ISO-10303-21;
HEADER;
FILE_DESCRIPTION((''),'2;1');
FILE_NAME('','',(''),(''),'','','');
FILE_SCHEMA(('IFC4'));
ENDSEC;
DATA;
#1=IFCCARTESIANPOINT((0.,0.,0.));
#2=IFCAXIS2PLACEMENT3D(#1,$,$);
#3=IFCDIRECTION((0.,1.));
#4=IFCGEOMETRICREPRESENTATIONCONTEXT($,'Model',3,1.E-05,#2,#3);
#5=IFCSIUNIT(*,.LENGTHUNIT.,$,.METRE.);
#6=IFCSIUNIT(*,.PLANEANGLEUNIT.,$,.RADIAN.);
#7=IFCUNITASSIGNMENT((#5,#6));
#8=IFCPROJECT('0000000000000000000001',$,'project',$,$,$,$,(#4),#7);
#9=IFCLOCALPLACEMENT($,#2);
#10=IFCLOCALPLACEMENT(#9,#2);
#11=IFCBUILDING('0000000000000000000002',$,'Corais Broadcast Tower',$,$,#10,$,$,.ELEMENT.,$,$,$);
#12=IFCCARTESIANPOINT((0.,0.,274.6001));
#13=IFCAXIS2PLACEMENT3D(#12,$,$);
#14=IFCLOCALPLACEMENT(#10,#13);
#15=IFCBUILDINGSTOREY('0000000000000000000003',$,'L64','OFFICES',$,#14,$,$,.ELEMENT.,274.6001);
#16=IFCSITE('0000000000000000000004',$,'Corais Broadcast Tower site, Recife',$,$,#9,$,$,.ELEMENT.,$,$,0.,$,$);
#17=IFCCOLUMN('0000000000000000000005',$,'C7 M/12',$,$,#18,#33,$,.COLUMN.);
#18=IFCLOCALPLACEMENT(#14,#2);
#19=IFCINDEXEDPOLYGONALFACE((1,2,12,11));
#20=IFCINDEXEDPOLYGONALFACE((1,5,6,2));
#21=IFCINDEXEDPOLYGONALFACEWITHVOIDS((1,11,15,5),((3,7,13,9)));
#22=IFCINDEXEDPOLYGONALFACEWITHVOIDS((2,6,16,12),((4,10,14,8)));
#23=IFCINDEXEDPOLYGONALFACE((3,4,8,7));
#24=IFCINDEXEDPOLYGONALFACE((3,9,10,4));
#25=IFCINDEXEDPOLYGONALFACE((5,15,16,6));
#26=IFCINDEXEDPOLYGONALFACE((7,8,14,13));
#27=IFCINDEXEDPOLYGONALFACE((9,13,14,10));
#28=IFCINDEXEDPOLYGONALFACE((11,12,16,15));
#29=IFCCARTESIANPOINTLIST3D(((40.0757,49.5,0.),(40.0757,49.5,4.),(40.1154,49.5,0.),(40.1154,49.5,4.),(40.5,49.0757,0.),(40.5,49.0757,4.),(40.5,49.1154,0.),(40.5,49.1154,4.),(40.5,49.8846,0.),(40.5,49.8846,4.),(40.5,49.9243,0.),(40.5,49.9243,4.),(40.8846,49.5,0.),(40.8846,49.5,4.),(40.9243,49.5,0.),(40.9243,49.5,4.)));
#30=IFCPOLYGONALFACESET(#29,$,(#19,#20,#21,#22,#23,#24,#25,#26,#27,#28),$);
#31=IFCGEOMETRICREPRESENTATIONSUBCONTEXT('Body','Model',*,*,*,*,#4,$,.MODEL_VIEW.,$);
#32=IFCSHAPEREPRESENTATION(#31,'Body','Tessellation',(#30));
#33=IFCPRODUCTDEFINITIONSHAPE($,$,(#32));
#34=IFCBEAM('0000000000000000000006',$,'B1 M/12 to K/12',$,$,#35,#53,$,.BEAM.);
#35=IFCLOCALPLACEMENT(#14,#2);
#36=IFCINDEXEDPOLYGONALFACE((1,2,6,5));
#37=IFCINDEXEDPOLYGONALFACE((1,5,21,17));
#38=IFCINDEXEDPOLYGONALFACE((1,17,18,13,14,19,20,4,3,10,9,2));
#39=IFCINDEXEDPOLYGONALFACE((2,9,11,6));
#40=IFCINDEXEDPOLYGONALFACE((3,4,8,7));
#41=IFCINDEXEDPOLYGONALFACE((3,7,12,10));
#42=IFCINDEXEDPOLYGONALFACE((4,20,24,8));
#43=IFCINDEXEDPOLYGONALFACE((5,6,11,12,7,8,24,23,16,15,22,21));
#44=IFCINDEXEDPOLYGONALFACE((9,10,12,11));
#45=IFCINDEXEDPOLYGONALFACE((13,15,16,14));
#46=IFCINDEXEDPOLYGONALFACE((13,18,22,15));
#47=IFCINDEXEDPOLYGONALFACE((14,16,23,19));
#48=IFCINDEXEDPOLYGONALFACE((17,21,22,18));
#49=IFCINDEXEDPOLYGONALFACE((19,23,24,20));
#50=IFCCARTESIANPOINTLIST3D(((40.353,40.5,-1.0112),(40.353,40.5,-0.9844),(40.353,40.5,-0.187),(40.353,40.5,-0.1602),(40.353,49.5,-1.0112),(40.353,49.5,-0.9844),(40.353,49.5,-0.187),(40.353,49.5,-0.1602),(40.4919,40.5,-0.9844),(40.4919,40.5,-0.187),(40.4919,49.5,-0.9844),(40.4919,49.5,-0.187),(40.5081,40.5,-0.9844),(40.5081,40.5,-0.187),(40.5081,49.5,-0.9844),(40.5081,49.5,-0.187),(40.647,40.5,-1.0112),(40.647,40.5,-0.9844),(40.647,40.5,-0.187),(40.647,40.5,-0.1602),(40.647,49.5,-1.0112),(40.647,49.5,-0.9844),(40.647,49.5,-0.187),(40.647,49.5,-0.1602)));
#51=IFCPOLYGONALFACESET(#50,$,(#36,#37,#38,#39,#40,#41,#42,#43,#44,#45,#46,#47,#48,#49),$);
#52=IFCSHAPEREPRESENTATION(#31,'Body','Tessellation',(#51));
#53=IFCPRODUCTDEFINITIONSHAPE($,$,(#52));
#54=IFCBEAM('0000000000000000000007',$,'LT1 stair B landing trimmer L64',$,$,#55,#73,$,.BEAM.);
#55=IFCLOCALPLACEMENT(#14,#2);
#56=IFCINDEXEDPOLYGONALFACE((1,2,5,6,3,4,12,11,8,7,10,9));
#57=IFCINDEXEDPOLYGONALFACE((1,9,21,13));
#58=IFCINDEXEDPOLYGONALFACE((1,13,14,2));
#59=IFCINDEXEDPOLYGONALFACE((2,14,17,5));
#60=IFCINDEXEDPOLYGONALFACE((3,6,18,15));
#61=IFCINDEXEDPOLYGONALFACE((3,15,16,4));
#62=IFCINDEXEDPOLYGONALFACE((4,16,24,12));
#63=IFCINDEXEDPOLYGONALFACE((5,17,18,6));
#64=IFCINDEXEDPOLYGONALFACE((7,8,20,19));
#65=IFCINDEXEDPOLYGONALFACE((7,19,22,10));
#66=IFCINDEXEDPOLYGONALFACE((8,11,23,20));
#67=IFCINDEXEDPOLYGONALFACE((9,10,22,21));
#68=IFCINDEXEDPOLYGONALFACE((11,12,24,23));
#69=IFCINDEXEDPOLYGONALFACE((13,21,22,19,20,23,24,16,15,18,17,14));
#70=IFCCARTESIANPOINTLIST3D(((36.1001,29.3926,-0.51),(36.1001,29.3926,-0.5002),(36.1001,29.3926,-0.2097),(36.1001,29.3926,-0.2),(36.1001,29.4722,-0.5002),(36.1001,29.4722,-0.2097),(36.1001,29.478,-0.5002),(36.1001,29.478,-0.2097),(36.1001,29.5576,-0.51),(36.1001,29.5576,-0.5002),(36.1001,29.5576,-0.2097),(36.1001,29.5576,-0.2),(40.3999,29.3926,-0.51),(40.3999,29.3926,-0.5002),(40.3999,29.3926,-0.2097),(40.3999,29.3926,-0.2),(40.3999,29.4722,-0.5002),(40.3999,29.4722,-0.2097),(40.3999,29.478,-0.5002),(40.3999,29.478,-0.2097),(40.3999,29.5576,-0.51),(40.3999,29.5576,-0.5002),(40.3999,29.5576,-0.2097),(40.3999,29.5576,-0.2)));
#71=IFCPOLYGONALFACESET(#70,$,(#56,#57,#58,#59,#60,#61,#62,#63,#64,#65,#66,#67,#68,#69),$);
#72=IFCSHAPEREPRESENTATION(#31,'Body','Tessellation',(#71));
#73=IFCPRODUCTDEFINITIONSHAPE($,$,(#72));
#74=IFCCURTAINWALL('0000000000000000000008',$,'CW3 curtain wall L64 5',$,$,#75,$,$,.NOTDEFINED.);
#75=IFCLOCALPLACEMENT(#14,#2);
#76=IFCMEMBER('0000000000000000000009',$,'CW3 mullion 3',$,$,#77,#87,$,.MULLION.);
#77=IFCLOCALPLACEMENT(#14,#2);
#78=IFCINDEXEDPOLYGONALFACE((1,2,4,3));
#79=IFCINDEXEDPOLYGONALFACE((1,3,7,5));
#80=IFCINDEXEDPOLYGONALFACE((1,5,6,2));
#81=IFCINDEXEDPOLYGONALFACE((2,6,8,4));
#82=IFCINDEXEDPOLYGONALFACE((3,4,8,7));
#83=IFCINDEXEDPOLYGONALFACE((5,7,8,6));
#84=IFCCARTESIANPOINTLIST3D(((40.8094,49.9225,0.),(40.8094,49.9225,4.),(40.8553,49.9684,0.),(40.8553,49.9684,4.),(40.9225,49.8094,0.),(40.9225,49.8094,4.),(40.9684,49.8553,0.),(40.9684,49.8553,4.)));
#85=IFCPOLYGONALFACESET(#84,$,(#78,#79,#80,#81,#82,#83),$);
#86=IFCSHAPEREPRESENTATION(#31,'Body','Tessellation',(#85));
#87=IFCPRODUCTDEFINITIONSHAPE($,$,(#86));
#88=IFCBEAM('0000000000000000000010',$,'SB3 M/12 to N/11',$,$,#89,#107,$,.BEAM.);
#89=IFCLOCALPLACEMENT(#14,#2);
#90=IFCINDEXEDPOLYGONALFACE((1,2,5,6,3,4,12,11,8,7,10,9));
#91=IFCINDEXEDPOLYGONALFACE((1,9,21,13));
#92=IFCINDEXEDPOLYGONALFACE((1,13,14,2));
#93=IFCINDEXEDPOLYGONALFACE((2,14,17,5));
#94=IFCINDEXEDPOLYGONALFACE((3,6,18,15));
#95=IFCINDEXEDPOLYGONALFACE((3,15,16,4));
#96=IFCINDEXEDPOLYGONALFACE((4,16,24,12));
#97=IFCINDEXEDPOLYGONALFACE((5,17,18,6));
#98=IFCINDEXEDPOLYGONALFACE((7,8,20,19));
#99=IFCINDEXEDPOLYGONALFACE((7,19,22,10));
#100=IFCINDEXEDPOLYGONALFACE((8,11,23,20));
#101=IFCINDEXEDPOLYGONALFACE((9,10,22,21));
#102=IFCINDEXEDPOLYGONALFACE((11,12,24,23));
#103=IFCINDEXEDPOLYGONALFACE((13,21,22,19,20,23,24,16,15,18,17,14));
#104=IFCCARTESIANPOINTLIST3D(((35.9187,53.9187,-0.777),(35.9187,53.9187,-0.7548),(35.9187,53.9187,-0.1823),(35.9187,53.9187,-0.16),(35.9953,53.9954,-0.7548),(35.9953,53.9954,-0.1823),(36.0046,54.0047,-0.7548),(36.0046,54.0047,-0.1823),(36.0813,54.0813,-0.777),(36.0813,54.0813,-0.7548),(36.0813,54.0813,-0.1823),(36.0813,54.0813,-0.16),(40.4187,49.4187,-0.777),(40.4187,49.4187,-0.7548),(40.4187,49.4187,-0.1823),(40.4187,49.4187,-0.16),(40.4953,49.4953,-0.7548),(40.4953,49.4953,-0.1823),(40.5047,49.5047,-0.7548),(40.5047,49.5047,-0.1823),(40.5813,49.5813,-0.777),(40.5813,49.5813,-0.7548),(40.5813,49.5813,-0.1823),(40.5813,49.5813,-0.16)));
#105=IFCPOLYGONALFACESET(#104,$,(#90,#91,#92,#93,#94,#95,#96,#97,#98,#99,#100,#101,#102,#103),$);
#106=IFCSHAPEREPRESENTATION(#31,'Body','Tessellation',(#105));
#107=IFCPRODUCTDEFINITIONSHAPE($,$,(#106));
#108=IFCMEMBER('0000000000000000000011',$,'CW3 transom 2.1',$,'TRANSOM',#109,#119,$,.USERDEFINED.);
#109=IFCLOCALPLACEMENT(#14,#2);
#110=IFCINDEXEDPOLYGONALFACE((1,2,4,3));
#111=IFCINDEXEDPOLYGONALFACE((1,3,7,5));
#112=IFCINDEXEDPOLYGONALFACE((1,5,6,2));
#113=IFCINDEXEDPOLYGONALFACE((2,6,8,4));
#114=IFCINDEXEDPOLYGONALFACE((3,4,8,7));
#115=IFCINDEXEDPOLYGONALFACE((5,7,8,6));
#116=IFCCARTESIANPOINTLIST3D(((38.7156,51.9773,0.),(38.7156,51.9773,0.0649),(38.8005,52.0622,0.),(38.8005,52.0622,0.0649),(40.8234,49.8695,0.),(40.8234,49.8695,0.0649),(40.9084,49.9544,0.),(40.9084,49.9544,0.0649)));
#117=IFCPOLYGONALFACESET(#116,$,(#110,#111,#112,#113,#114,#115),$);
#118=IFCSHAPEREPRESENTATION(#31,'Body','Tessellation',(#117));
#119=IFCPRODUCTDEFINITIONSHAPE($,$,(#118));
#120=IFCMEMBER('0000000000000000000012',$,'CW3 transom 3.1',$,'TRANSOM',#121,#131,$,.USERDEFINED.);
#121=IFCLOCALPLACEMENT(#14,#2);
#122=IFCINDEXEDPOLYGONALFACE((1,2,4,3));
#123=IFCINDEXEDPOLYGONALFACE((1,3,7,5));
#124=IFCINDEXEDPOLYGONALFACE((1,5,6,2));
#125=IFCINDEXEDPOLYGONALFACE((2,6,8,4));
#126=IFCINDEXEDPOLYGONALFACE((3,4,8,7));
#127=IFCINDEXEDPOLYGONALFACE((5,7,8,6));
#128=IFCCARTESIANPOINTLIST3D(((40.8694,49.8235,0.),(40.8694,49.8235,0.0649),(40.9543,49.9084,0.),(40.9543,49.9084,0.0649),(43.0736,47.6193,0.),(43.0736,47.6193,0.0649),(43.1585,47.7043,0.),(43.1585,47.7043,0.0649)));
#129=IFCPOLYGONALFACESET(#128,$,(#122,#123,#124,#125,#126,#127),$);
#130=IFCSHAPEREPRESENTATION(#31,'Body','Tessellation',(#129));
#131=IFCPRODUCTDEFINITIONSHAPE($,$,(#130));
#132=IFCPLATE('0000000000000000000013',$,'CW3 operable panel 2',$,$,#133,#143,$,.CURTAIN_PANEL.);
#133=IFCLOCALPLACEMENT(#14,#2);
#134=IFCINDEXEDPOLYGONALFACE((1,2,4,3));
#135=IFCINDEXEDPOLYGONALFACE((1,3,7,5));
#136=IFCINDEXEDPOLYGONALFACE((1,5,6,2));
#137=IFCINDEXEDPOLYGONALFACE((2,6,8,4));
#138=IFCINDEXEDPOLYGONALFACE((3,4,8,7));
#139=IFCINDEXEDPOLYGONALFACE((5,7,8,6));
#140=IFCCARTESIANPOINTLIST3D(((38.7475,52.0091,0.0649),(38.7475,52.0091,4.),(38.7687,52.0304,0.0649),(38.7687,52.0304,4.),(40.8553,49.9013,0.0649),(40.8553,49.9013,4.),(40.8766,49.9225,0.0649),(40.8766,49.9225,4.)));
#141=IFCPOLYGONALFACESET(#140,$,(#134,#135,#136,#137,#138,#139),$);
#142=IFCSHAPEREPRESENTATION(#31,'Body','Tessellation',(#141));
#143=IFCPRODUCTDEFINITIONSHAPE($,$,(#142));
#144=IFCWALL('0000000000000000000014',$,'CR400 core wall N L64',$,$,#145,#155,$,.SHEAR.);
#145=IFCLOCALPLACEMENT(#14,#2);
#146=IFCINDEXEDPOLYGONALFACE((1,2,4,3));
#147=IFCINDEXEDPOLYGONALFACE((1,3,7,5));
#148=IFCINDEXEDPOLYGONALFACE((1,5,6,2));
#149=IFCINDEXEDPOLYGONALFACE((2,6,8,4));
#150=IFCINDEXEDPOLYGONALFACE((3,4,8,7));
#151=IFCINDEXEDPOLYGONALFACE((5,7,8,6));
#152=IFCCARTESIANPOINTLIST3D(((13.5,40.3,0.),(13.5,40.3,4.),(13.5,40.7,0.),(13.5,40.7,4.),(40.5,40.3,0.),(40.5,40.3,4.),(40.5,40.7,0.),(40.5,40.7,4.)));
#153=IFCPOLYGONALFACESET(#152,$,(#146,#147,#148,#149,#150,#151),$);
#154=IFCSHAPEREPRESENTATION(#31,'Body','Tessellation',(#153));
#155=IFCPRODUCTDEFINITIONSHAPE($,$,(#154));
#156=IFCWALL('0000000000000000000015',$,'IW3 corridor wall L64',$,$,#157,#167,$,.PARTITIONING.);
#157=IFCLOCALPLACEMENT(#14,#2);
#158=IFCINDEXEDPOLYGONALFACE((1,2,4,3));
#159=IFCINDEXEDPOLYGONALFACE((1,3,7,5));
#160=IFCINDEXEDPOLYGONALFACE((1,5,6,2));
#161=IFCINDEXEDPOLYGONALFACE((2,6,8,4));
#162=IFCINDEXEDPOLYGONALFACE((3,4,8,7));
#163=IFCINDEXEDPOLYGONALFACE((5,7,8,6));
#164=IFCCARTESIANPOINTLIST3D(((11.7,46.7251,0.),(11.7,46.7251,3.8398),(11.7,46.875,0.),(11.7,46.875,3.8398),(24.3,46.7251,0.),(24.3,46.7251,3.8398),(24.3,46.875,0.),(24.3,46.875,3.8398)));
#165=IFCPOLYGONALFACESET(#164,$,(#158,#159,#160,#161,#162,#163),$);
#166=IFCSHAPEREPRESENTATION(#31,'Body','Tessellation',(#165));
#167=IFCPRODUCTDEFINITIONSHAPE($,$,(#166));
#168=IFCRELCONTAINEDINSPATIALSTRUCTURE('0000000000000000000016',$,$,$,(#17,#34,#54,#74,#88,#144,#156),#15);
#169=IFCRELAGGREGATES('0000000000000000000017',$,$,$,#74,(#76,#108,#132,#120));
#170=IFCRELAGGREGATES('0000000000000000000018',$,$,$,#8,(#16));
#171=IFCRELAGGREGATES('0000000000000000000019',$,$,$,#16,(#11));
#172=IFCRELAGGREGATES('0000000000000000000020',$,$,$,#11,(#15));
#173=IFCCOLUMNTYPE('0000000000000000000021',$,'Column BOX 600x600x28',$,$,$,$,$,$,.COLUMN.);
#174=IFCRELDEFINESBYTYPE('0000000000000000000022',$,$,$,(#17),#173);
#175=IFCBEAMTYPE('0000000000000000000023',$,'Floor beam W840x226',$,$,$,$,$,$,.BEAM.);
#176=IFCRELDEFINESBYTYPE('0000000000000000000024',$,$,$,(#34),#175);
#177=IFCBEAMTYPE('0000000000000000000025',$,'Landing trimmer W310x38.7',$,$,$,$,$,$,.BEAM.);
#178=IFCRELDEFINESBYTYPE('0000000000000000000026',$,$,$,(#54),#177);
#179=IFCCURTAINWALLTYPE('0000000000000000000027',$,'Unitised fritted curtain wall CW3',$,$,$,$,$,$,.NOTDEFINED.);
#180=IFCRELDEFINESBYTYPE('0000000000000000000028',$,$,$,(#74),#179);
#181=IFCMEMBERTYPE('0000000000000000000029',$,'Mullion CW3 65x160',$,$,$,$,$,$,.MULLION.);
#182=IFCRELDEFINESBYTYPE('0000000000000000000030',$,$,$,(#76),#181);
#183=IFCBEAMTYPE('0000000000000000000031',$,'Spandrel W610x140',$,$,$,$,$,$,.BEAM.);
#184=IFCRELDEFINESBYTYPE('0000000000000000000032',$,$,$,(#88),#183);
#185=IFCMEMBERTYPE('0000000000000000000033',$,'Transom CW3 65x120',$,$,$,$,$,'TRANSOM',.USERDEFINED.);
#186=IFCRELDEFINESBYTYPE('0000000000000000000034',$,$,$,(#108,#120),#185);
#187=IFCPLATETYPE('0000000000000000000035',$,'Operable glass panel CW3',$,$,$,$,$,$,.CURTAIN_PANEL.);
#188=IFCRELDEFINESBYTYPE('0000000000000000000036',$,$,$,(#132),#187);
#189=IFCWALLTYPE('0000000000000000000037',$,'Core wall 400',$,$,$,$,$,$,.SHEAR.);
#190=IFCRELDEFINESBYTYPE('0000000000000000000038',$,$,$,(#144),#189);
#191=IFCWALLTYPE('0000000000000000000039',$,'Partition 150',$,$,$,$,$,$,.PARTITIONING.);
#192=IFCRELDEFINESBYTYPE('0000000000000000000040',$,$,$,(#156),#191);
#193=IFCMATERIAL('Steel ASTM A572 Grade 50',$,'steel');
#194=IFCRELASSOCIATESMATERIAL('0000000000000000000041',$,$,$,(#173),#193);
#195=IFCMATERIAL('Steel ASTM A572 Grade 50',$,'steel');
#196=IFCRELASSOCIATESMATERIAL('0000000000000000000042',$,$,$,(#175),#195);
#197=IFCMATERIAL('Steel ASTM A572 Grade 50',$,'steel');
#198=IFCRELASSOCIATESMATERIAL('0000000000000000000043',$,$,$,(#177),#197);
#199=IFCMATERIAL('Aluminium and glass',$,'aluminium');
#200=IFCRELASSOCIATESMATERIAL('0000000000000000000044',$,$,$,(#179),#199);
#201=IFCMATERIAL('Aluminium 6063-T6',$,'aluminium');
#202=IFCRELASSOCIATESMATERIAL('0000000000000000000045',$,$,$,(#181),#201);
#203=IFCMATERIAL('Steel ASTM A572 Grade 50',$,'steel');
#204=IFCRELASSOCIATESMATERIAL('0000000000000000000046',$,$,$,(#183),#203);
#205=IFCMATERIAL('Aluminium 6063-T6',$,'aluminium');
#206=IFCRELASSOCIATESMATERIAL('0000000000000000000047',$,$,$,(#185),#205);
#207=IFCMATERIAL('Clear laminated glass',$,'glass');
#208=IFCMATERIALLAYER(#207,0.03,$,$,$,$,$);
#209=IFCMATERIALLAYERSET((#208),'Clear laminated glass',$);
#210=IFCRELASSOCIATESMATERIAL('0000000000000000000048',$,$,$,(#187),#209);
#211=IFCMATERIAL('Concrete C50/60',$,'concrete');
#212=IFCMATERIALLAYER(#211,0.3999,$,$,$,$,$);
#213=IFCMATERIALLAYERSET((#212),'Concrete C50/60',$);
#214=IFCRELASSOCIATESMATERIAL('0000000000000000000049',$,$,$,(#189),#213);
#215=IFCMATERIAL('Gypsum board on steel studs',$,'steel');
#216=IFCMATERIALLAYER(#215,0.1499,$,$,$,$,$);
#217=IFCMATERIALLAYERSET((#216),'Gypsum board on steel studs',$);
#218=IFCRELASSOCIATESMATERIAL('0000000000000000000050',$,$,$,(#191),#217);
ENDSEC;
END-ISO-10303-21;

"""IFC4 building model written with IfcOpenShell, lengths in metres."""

from ifc_helpers import new_model, si_unit, direction, frame, frame_2d, origin, origin_2d, place, context, subcontext, project, spatial, rectangle, hollow_rectangle, i_section, extrude, material, layer, layer_set, material_profile, profile_set, type_object, element, aggregate, save


model = new_model("IFC4")

# Units and contexts
model_context = context("Model", 3, precision=1e-05, world=origin(), true_north=direction((0.0, 1.0)))
body_context = subcontext(model_context, "Body", "Model", "MODEL_VIEW")
ifc_project = project(units=[si_unit("LENGTHUNIT", "METRE"), si_unit("PLANEANGLEUNIT", "RADIAN")], contexts=[model_context])

# Site, building, storey
site_placement = place(None, origin())
site = spatial("IfcSite", under=ifc_project, at=site_placement, Name="Corais Broadcast Tower site, Recife", CompositionType="ELEMENT", RefElevation=0.0)
building_placement = place(site_placement, origin())
building = spatial("IfcBuilding", under=site, at=building_placement, Name="Corais Broadcast Tower", CompositionType="ELEMENT")
storey_placement = place(building_placement, frame((0.0, 0.0, 274.6001)))
storey = spatial("IfcBuildingStorey", under=building, at=storey_placement, Name="L64", Description="OFFICES", CompositionType="ELEMENT", Elevation=274.6001)

# Column
ifc_material_1 = material(Name="Steel ASTM A572 Grade 50", Category="steel")
ifc_material_profile_1 = material_profile(ifc_material_1, hollow_rectangle(XDim=0.6001, YDim=0.6001, WallThickness=0.0281, at=origin_2d()), Name="BOX 600x600x28")
ifc_profile_set_1 = profile_set([ifc_material_profile_1], Name="Steel ASTM A572 Grade 50")
column_type = type_object("IfcColumnType", Name="Column BOX 600x600x28", PredefinedType="COLUMN", material=ifc_profile_set_1)
column_placement = place(storey_placement, frame((40.5, 49.5, 0.0), z_axis=(0.0, 0.0, 1.0), x_axis=(0.707107, 0.707107, 0.0)))
element("IfcColumn", 1, at=column_placement, inside=storey, type_object=column_type, Name="C7 M/12", PredefinedType="COLUMN", context=body_context, shape_type="SweptSolid", body=[
    extrude(hollow_rectangle(XDim=0.6001, YDim=0.6001, WallThickness=0.0281, at=origin_2d()), origin(), (0.0, 0.0, 1.0), 4.0),
])

# Beams
ifc_material_2 = material(Name="Steel ASTM A572 Grade 50", Category="steel")
ifc_material_profile_2 = material_profile(ifc_material_2, i_section(OverallWidth=0.2939, OverallDepth=0.8511, WebThickness=0.0161, FlangeThickness=0.0269, at=origin_2d()), Name="W840x226")
ifc_profile_set_2 = profile_set([ifc_material_profile_2], Name="Steel ASTM A572 Grade 50")
beam_type_1 = type_object("IfcBeamType", Name="Floor beam W840x226", PredefinedType="BEAM", material=ifc_profile_set_2)
beam_1_placement = place(storey_placement, frame((40.5, 49.5, -0.5857), z_axis=(0.0, -1.0, 0.0), x_axis=(1.0, 0.0, 0.0)))
element("IfcBeam", 2, at=beam_1_placement, inside=storey, type_object=beam_type_1, Name="B1 M/12 to K/12", PredefinedType="BEAM", context=body_context, shape_type="SweptSolid", body=[
    extrude(i_section(OverallWidth=0.2939, OverallDepth=0.8511, WebThickness=0.0161, FlangeThickness=0.0269, at=origin_2d()), origin(), (0.0, 0.0, 1.0), 9.0),
])
ifc_material_3 = material(Name="Steel ASTM A572 Grade 50", Category="steel")
ifc_material_profile_3 = material_profile(ifc_material_3, i_section(OverallWidth=0.165, OverallDepth=0.3101, WebThickness=0.0059, FlangeThickness=0.0098, at=origin_2d()), Name="W310x38.7")
ifc_profile_set_3 = profile_set([ifc_material_profile_3], Name="Steel ASTM A572 Grade 50")
beam_type_2 = type_object("IfcBeamType", Name="Landing trimmer W310x38.7", PredefinedType="BEAM", material=ifc_profile_set_3)
beam_2_placement = place(storey_placement, frame((36.1001, 29.4751, -0.355), z_axis=(1.0, 0.0, 0.0), x_axis=(0.0, 1.0, 0.0)))
element("IfcBeam", 3, at=beam_2_placement, inside=storey, type_object=beam_type_2, Name="LT1 stair B landing trimmer L64", PredefinedType="BEAM", context=body_context, shape_type="SweptSolid", body=[
    extrude(i_section(OverallWidth=0.165, OverallDepth=0.3101, WebThickness=0.0059, FlangeThickness=0.0098, at=origin_2d()), origin(), (0.0, 0.0, 1.0), 4.2998),
])

# Curtain wall, member
ifc_material_4 = material(Name="Aluminium and glass", Category="aluminium")
curtain_wall_type = type_object("IfcCurtainWallType", Name="Unitised fritted curtain wall CW3", PredefinedType="NOTDEFINED", material=ifc_material_4)
curtain_wall_placement = place(storey_placement, origin())
curtain_wall = element("IfcCurtainWall", 4, at=curtain_wall_placement, inside=storey, type_object=curtain_wall_type, Name="CW3 curtain wall L64 5", PredefinedType="NOTDEFINED")
ifc_material_5 = material(Name="Aluminium 6063-T6", Category="aluminium")
ifc_material_profile_4 = material_profile(ifc_material_5, rectangle(XDim=0.0649, YDim=0.1599, at=origin_2d()), Name="Mullion CW3 65x160")
ifc_profile_set_4 = profile_set([ifc_material_profile_4], Name="Aluminium 6063-T6")
member_type_1 = type_object("IfcMemberType", Name="Mullion CW3 65x160", PredefinedType="MULLION", material=ifc_profile_set_4)
member_1_placement = place(storey_placement, frame((40.8889, 49.8889, 0.0), z_axis=(0.0, 0.0, 1.0), x_axis=(0.707107, 0.707107, 0.0)))
member_1 = element("IfcMember", 5, at=member_1_placement, type_object=member_type_1, Name="CW3 mullion 3", PredefinedType="MULLION", context=body_context, shape_type="SweptSolid", body=[
    extrude(rectangle(XDim=0.0649, YDim=0.1599, at=origin_2d()), origin(), (0.0, 0.0, 1.0), 4.0),
])

# Beam
ifc_material_6 = material(Name="Steel ASTM A572 Grade 50", Category="steel")
ifc_material_profile_5 = material_profile(ifc_material_6, i_section(OverallWidth=0.23, OverallDepth=0.6169, WebThickness=0.0132, FlangeThickness=0.0222, at=origin_2d()), Name="W610x140")
ifc_profile_set_5 = profile_set([ifc_material_profile_5], Name="Steel ASTM A572 Grade 50")
beam_type_3 = type_object("IfcBeamType", Name="Spandrel W610x140", PredefinedType="BEAM", material=ifc_profile_set_5)
beam_3_placement = place(storey_placement, frame((40.5, 49.5, -0.4685), z_axis=(-0.707107, 0.707107, 0.0), x_axis=(-0.707107, -0.707107, 0.0)))
element("IfcBeam", 6, at=beam_3_placement, inside=storey, type_object=beam_type_3, Name="SB3 M/12 to N/11", PredefinedType="BEAM", context=body_context, shape_type="SweptSolid", body=[
    extrude(i_section(OverallWidth=0.23, OverallDepth=0.6169, WebThickness=0.0132, FlangeThickness=0.0222, at=origin_2d()), origin(), (0.0, 0.0, 1.0), 6.364),
])

# Members
ifc_material_7 = material(Name="Aluminium 6063-T6", Category="aluminium")
ifc_material_profile_6 = material_profile(ifc_material_7, rectangle(XDim=0.1201, YDim=0.0649, at=origin_2d()), Name="Transom CW3 65x120")
ifc_profile_set_6 = profile_set([ifc_material_profile_6], Name="Aluminium 6063-T6")
member_type_2 = type_object("IfcMemberType", Name="Transom CW3 65x120", ElementType="TRANSOM", PredefinedType="USERDEFINED", material=ifc_profile_set_6)
member_2_placement = place(storey_placement, frame((38.7581, 52.0198, 0.0325), z_axis=(0.707107, -0.707107, 0.0), x_axis=(0.707107, 0.707107, 0.0)))
member_2 = element("IfcMember", 7, at=member_2_placement, type_object=member_type_2, Name="CW3 transom 2.1", ObjectType="TRANSOM", PredefinedType="USERDEFINED", context=body_context, shape_type="SweptSolid", body=[
    extrude(rectangle(XDim=0.1201, YDim=0.0649, at=origin_2d()), origin(), (0.0, 0.0, 1.0), 2.981),
])
member_3_placement = place(storey_placement, frame((40.9119, 49.866, 0.0325), z_axis=(0.707107, -0.707107, 0.0), x_axis=(0.707107, 0.707107, 0.0)))
member_3 = element("IfcMember", 8, at=member_3_placement, type_object=member_type_2, Name="CW3 transom 3.1", ObjectType="TRANSOM", PredefinedType="USERDEFINED", context=body_context, shape_type="SweptSolid", body=[
    extrude(rectangle(XDim=0.1201, YDim=0.0649, at=origin_2d()), origin(), (0.0, 0.0, 1.0), 3.1172),
])

# Plate
ifc_material_8 = material(Name="Clear laminated glass", Category="glass")
ifc_layer_1 = layer(ifc_material_8, 0.03)
ifc_layer_set_1 = layer_set([ifc_layer_1], Name="Clear laminated glass")
plate_type = type_object("IfcPlateType", Name="Operable glass panel CW3", PredefinedType="CURTAIN_PANEL", material=ifc_layer_set_1)
plate_placement = place(storey_placement, frame((39.812, 50.9658, 0.0649), z_axis=(0.0, 0.0, 1.0), x_axis=(0.707107, -0.707107, 0.0)))
plate = element("IfcPlate", 9, at=plate_placement, type_object=plate_type, Name="CW3 operable panel 2", PredefinedType="CURTAIN_PANEL", context=body_context, shape_type="SweptSolid", body=[
    extrude(rectangle(XDim=2.981, YDim=0.03, at=origin_2d()), origin(), (0.0, 0.0, 1.0), 3.9351),
])
aggregate(curtain_wall, [member_1, member_2, plate, member_3])

# Walls
ifc_material_9 = material(Name="Concrete C50/60", Category="concrete")
ifc_layer_2 = layer(ifc_material_9, 0.3999)
ifc_layer_set_2 = layer_set([ifc_layer_2], Name="Concrete C50/60")
wall_type_1 = type_object("IfcWallType", Name="Core wall 400", PredefinedType="SHEAR", material=ifc_layer_set_2)
wall_1_placement = place(storey_placement, frame((40.5, 40.5, 0.0), z_axis=(0.0, 0.0, 1.0), x_axis=(-1.0, 0.0, 0.0)))
element("IfcWall", 10, at=wall_1_placement, inside=storey, type_object=wall_type_1, Name="CR400 core wall N L64", PredefinedType="SHEAR", context=body_context, shape_type="SweptSolid", body=[
    extrude(rectangle(XDim=27.0, YDim=0.3999, at=frame_2d((13.5, 0.0))), origin(), (0.0, 0.0, 1.0), 4.0),
])
ifc_material_10 = material(Name="Gypsum board on steel studs", Category="steel")
ifc_layer_3 = layer(ifc_material_10, 0.1499)
ifc_layer_set_3 = layer_set([ifc_layer_3], Name="Gypsum board on steel studs")
wall_type_2 = type_object("IfcWallType", Name="Partition 150", PredefinedType="PARTITIONING", material=ifc_layer_set_3)
wall_2_placement = place(storey_placement, frame((24.3, 46.8, 0.0), z_axis=(0.0, 0.0, 1.0), x_axis=(-1.0, 0.0, 0.0)))
element("IfcWall", 11, at=wall_2_placement, inside=storey, type_object=wall_type_2, Name="IW3 corridor wall L64", PredefinedType="PARTITIONING", context=body_context, shape_type="SweptSolid", body=[
    extrude(rectangle(XDim=12.6001, YDim=0.1499, at=frame_2d((6.3, 0.0))), origin(), (0.0, 0.0, 1.0), 3.8398),
])

save(model, "model.ifc")
